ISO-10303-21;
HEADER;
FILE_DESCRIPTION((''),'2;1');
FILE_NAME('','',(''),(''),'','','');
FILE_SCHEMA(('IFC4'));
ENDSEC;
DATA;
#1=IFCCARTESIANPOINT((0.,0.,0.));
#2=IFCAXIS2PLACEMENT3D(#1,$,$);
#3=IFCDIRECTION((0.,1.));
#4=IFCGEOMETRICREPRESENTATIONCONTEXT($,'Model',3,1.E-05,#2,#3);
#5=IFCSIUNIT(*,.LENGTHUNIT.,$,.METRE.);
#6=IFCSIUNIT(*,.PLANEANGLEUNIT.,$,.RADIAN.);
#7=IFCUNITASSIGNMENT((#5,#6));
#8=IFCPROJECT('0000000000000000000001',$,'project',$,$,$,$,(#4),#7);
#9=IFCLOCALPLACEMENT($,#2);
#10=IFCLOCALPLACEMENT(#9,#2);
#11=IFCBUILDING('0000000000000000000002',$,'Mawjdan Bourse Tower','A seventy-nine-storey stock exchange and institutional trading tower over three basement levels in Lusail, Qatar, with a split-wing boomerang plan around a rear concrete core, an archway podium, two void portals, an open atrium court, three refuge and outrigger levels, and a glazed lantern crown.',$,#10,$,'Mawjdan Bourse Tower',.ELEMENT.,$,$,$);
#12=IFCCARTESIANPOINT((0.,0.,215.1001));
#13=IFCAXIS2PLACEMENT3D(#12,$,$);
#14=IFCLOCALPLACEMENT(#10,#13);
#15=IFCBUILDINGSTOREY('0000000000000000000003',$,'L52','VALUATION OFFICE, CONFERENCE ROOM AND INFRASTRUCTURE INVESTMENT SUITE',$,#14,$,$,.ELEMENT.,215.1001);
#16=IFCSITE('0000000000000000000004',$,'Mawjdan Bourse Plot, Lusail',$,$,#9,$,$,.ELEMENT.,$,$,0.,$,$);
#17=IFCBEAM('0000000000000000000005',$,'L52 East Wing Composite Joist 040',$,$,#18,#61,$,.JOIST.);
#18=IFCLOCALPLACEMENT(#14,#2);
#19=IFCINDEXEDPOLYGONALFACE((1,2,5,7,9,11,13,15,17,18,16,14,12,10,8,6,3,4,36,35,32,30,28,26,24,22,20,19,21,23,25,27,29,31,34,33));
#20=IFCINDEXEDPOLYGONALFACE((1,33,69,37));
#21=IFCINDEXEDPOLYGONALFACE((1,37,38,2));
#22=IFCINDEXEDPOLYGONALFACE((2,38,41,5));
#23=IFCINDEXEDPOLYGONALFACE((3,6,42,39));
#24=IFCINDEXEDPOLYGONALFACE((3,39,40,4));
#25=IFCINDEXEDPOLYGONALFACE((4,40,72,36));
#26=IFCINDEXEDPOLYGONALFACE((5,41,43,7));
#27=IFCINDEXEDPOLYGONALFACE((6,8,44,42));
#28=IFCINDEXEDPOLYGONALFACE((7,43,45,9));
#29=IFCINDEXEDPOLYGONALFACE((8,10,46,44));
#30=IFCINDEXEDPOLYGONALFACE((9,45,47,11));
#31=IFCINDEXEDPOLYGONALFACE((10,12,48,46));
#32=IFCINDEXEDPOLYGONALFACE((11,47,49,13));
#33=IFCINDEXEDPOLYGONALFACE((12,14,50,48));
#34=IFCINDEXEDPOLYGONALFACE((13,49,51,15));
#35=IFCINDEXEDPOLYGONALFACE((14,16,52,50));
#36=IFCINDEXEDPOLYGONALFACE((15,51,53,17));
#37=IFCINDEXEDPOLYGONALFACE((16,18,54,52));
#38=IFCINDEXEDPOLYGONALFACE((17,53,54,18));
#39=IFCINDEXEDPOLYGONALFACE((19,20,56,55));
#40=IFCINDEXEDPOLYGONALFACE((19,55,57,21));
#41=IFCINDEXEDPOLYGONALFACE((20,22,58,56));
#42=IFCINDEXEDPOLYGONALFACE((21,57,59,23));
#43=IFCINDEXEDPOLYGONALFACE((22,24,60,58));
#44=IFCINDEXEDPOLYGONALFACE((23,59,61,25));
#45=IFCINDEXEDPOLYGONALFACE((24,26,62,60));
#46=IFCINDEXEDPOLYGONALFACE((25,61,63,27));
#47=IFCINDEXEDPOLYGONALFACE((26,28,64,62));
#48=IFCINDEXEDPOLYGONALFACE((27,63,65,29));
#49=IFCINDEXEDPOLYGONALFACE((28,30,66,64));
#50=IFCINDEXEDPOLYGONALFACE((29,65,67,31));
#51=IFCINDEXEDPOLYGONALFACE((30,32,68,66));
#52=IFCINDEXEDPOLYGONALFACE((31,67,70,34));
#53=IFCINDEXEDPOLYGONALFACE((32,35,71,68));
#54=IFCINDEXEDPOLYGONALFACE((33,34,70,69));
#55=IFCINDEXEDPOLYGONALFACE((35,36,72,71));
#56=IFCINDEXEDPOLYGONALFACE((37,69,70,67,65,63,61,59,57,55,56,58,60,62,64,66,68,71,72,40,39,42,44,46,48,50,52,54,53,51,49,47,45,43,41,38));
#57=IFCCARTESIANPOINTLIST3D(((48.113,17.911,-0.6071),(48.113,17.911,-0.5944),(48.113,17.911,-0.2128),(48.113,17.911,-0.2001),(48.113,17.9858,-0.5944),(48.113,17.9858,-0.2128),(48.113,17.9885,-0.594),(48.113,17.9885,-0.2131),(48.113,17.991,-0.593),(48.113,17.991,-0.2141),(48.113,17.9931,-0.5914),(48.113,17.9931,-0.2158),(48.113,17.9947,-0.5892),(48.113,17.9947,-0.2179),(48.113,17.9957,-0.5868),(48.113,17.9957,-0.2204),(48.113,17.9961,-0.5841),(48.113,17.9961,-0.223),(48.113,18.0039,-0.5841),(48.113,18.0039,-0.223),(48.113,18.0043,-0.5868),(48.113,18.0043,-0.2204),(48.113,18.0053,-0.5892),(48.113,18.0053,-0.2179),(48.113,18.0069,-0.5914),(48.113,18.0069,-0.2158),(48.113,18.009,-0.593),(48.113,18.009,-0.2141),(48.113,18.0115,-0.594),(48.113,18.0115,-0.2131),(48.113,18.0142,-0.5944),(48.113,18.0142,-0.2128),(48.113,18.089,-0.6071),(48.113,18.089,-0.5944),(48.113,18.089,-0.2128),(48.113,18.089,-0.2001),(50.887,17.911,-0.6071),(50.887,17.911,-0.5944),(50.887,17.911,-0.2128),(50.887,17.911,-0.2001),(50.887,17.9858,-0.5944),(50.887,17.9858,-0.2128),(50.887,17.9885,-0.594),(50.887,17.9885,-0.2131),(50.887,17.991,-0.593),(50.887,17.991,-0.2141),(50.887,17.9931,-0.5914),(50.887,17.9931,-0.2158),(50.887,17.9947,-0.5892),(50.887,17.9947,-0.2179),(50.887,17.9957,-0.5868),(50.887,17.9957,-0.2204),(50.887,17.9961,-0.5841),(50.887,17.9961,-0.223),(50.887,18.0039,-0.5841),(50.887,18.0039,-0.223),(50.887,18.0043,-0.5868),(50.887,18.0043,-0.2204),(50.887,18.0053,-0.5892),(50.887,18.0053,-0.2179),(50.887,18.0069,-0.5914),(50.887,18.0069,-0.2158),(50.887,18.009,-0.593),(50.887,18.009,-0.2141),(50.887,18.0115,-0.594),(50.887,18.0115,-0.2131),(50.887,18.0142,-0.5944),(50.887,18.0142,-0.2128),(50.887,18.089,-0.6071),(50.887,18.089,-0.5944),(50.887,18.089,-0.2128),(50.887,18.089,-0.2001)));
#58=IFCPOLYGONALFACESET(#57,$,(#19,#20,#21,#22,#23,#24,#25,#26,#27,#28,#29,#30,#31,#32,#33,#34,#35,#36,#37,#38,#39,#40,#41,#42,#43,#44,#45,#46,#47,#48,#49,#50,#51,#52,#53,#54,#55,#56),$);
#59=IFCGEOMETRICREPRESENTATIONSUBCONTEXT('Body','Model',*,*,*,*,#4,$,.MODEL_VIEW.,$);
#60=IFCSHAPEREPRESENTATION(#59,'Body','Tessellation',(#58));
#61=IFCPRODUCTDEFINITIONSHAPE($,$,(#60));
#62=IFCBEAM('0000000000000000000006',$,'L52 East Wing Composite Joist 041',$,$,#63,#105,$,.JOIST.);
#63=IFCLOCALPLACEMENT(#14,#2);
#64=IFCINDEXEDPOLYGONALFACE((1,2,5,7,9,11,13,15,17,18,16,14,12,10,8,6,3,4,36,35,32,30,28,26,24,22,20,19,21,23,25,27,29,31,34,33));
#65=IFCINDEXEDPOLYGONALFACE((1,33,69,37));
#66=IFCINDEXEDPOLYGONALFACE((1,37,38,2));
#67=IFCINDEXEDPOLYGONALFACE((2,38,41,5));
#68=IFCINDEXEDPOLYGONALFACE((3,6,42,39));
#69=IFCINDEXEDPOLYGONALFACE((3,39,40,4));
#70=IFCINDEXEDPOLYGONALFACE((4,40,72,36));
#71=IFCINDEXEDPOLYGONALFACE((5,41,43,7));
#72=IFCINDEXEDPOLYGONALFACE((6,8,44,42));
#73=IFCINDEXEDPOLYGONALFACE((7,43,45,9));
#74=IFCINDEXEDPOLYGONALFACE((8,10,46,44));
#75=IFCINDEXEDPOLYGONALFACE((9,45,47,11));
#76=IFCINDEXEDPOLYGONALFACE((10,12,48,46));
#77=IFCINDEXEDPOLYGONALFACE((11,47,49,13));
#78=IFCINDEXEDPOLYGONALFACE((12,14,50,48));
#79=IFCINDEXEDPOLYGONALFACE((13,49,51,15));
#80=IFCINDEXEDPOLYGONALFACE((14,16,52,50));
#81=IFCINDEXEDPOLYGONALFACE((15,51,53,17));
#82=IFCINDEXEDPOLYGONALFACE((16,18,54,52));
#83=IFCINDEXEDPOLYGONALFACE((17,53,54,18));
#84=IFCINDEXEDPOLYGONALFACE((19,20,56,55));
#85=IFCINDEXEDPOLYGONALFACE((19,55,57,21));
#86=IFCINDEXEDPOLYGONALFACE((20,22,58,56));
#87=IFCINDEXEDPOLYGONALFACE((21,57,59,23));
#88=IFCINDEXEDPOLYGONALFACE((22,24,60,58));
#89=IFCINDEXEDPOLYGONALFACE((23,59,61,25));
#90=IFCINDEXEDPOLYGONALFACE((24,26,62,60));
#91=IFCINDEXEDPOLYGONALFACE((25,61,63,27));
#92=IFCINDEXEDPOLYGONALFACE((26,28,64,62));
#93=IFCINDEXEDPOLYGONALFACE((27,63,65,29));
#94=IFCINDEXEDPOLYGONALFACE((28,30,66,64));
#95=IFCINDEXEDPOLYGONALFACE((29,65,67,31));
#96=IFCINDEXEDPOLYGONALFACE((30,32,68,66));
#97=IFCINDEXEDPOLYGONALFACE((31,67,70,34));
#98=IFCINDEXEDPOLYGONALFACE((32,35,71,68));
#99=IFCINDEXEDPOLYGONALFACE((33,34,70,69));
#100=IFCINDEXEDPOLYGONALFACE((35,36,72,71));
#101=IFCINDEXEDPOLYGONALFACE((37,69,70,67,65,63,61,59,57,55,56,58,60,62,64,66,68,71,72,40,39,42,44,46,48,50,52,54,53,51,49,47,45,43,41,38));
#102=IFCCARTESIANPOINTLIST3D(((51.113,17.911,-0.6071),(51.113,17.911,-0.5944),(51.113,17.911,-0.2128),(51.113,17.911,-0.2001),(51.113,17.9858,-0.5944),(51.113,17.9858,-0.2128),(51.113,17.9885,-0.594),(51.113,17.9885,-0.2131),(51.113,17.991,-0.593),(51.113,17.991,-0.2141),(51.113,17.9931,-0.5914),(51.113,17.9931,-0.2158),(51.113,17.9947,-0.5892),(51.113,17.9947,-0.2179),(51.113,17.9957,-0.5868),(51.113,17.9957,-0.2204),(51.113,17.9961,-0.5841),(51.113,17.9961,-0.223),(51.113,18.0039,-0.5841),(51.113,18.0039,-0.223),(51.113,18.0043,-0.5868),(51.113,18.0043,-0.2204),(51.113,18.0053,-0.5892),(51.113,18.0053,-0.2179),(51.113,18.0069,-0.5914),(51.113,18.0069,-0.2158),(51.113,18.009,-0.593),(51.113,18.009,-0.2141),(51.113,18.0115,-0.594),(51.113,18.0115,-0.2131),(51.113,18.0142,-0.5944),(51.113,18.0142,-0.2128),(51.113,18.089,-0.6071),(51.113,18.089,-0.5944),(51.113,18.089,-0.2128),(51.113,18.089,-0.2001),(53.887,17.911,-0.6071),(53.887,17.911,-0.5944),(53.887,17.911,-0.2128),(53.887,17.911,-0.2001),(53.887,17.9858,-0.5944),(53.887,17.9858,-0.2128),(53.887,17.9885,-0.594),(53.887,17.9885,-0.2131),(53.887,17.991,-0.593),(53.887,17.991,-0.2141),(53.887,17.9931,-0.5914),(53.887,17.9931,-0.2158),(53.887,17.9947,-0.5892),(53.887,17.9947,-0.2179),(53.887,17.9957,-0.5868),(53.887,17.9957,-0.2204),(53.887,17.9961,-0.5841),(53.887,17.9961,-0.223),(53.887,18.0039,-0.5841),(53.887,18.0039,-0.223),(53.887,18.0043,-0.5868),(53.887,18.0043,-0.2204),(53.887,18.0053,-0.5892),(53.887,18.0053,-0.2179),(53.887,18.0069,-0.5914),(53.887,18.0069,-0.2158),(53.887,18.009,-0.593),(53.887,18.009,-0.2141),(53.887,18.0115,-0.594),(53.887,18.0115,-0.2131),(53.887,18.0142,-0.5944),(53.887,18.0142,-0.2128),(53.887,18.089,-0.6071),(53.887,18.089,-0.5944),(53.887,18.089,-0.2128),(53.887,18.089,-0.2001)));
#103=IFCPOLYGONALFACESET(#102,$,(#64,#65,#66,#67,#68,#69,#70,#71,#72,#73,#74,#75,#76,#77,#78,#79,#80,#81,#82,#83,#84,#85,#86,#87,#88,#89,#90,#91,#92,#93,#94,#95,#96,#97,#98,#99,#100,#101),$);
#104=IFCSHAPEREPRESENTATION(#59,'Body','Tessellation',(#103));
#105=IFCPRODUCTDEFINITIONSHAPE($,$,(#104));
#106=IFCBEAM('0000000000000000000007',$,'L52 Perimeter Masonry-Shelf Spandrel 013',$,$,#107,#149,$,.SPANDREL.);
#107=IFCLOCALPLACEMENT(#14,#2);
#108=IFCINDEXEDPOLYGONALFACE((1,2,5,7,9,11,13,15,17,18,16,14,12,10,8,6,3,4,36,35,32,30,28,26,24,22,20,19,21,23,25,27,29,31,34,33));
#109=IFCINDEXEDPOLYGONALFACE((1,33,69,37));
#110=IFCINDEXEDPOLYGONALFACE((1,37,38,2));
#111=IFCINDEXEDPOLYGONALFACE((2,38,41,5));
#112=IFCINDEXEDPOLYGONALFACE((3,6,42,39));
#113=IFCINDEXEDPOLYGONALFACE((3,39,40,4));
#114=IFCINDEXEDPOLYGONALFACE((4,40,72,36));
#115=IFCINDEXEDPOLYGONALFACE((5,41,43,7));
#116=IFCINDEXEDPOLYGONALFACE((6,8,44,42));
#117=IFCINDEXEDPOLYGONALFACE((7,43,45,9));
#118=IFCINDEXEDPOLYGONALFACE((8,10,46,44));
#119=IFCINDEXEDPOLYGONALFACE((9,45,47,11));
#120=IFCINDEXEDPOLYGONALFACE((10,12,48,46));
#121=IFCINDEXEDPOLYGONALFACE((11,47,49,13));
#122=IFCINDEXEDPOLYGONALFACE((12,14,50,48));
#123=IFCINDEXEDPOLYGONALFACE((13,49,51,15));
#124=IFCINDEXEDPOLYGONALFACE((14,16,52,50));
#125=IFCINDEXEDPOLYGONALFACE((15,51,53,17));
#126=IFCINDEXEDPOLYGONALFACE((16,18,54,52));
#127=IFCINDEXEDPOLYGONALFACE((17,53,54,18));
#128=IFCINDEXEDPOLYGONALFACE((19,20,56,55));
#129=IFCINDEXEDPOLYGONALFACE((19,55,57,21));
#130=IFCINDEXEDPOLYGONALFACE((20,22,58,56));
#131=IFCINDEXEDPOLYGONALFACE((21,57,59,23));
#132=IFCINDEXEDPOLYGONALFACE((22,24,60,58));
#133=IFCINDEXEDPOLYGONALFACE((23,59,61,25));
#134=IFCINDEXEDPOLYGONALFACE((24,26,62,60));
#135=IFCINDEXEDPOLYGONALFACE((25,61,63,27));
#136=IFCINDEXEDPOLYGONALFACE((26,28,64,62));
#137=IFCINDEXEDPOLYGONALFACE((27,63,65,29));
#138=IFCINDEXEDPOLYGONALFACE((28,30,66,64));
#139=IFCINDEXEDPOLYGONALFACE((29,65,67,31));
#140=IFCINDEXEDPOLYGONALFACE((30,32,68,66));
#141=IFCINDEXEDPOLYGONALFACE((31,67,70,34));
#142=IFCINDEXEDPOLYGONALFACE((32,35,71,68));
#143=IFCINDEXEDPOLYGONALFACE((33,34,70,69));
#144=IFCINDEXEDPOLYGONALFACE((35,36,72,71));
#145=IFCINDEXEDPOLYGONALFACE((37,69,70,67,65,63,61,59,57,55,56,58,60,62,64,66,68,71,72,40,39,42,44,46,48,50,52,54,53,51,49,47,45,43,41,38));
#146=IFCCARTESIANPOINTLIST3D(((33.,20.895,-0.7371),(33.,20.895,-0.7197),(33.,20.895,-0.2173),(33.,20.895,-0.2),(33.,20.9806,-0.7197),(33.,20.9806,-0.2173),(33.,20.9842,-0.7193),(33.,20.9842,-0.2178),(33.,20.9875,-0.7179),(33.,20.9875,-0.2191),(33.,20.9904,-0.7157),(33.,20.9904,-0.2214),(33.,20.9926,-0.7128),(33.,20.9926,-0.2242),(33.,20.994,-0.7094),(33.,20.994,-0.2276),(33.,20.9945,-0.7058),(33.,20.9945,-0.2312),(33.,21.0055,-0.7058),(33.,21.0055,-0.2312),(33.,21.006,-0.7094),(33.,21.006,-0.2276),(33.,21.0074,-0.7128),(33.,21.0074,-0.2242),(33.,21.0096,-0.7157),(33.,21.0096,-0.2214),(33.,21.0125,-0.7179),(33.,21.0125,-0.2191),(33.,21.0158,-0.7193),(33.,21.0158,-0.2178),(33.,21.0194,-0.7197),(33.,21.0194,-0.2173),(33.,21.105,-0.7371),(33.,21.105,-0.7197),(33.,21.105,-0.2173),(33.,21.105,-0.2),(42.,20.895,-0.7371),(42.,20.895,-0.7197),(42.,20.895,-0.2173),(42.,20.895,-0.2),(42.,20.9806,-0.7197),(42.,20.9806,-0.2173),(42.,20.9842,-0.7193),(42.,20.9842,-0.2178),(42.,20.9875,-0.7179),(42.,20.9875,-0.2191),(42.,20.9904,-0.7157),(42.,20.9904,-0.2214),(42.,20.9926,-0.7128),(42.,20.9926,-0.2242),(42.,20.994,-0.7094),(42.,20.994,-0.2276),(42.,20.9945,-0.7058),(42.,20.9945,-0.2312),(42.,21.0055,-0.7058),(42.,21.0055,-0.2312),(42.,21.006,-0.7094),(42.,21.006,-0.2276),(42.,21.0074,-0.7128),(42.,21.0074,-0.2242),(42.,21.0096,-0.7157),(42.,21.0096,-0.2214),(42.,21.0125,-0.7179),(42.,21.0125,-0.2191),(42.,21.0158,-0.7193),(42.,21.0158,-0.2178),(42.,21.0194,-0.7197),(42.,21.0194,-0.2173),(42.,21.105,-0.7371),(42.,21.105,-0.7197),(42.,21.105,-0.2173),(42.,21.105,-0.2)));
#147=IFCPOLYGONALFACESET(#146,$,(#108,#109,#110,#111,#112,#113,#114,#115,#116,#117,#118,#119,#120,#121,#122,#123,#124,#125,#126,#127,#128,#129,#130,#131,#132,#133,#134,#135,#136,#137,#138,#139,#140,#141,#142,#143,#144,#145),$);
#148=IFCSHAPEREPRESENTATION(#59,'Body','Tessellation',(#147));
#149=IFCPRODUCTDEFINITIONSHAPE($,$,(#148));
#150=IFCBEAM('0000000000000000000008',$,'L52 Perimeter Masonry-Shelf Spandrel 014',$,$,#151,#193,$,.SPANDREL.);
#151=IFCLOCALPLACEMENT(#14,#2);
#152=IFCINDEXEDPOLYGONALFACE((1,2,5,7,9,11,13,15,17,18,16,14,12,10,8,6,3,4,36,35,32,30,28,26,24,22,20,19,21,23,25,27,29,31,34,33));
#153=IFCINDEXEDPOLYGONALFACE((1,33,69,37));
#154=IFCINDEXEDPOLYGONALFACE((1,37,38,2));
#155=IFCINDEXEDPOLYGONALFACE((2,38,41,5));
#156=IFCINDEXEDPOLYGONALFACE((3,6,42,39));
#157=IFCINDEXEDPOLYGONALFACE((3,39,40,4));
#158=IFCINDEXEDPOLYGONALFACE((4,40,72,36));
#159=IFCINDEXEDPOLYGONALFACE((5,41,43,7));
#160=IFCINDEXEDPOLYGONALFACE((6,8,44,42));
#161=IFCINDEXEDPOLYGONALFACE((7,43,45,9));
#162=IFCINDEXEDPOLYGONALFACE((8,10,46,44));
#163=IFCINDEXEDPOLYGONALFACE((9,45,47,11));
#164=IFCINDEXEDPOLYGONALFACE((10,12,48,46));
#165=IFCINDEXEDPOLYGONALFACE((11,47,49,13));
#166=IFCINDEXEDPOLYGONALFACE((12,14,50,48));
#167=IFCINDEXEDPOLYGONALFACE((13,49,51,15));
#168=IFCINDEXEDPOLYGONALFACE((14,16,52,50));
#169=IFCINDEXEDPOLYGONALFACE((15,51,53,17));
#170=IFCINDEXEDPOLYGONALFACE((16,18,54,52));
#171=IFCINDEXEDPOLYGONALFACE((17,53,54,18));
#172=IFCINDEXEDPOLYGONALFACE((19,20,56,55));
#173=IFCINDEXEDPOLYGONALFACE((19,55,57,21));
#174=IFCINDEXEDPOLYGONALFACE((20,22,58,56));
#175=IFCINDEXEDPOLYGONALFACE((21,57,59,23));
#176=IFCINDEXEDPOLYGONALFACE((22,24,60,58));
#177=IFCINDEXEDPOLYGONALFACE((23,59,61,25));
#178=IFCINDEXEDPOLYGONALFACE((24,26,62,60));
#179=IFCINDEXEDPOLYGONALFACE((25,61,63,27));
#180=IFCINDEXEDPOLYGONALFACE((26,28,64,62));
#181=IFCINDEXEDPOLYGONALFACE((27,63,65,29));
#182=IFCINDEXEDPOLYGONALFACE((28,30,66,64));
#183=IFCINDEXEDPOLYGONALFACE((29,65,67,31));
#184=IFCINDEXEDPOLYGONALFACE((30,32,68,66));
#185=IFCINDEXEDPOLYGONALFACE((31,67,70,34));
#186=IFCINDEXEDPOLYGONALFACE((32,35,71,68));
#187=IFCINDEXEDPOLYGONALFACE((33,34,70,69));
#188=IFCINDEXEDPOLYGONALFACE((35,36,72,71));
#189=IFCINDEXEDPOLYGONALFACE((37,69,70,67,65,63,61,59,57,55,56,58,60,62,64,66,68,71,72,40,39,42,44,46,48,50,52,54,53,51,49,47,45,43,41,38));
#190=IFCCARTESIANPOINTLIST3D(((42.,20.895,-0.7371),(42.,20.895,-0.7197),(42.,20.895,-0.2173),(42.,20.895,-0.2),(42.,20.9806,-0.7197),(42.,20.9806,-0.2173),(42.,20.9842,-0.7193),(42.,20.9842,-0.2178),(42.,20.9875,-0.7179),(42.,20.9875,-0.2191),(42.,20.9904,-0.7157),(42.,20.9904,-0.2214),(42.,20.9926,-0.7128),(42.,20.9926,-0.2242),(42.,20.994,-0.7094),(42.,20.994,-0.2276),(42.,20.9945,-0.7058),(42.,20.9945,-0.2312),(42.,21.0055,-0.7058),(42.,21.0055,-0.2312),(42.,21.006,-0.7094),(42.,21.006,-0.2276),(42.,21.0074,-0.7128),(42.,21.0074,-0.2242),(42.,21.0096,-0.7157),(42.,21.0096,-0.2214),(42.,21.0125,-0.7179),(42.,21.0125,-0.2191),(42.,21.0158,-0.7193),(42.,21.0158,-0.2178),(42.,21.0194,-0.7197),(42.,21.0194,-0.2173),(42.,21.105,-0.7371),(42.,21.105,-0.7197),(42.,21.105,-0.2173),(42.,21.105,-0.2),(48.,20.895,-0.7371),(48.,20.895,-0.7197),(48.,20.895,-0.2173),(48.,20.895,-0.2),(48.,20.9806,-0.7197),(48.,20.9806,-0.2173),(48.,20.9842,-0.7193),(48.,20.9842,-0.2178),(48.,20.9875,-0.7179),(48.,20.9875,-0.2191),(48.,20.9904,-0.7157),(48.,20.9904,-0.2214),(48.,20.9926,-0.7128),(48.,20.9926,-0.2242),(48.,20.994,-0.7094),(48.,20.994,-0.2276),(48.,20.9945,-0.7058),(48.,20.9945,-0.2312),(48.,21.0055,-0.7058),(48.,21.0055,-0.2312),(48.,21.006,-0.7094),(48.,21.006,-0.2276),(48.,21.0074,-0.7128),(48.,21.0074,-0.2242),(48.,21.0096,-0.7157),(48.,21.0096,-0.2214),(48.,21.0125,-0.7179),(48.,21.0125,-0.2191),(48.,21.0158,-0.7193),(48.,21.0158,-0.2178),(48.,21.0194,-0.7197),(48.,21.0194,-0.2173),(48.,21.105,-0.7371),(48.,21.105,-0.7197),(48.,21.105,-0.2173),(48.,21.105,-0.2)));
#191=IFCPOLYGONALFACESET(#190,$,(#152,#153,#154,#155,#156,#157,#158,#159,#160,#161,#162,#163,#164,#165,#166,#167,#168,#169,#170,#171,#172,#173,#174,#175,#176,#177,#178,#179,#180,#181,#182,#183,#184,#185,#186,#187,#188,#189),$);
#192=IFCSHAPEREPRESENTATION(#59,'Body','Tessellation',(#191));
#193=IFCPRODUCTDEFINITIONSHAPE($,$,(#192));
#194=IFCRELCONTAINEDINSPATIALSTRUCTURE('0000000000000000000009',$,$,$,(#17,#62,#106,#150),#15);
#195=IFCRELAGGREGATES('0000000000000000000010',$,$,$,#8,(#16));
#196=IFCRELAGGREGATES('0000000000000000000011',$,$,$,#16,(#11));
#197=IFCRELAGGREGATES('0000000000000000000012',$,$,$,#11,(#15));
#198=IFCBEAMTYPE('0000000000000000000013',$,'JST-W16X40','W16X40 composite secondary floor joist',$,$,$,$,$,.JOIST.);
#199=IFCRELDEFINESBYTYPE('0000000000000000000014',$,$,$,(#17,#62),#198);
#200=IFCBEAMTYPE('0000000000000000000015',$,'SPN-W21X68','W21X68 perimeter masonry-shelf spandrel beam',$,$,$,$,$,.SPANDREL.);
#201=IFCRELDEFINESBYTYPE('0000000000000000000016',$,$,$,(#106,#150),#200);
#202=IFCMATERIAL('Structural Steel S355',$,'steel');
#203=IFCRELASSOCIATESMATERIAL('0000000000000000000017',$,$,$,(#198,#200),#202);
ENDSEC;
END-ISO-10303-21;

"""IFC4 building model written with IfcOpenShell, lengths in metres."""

from ifc_helpers import new_model, si_unit, direction, frame, origin, origin_2d, place, context, subcontext, project, spatial, i_section, extrude, material, material_profile, profile_set, type_object, element, save


model = new_model("IFC4")

# Units and contexts
model_context = context("Model", 3, precision=1e-05, world=origin(), true_north=direction((0.0, 1.0)))
body_context = subcontext(model_context, "Body", "Model", "MODEL_VIEW")
ifc_project = project(units=[si_unit("LENGTHUNIT", "METRE"), si_unit("PLANEANGLEUNIT", "RADIAN")], contexts=[model_context])

# Site, building, storey
site_placement = place(None, origin())
site = spatial("IfcSite", under=ifc_project, at=site_placement, Name="Mawjdan Bourse Plot, Lusail", CompositionType="ELEMENT", RefElevation=0.0)
building_placement = place(site_placement, origin())
building = spatial("IfcBuilding", under=site, at=building_placement, Name="Mawjdan Bourse Tower", Description="A seventy-nine-storey stock exchange and institutional trading tower over three basement levels in Lusail, Qatar, with a split-wing boomerang plan around a rear concrete core, an archway podium, two void portals, an open atrium court, three refuge and outrigger levels, and a glazed lantern crown.", LongName="Mawjdan Bourse Tower", CompositionType="ELEMENT")
storey_placement = place(building_placement, frame((0.0, 0.0, 215.1001)))
storey = spatial("IfcBuildingStorey", under=building, at=storey_placement, Name="L52", Description="VALUATION OFFICE, CONFERENCE ROOM AND INFRASTRUCTURE INVESTMENT SUITE", CompositionType="ELEMENT", Elevation=215.1001)

# Beams
ifc_material_1 = material(Name="Structural Steel S355", Category="steel")
ifc_material_profile_1 = material_profile(ifc_material_1, i_section(OverallWidth=0.178, OverallDepth=0.407, WebThickness=0.0078, FlangeThickness=0.0127, FilletRadius=0.0103, at=origin_2d()), Name="W16X40")
ifc_profile_set_1 = profile_set([ifc_material_profile_1], Name="Structural Steel S355")
beam_type_1 = type_object("IfcBeamType", Name="JST-W16X40", Description="W16X40 composite secondary floor joist", PredefinedType="JOIST", material=ifc_profile_set_1)
for number, where, z_axis, x_axis, name in (
    (1, (48.113, 18.0, -0.4036), (1.0, 0.0, 0.0), (0.0, 1.0, 0.0), "L52 East Wing Composite Joist 040"),
    (2, (51.113, 18.0, -0.4036), (1.0, 0.0, 0.0), (0.0, 1.0, 0.0), "L52 East Wing Composite Joist 041"),
):
    element("IfcBeam", number, at=place(storey_placement, frame(where, z_axis=z_axis, x_axis=x_axis)), inside=storey, type_object=beam_type_1, Name=name, PredefinedType="JOIST", context=body_context, shape_type="SweptSolid", body=[
        extrude(i_section(OverallWidth=0.178, OverallDepth=0.407, WebThickness=0.0078, FlangeThickness=0.0127, FilletRadius=0.0103, at=origin_2d()), origin(), (0.0, 0.0, 1.0), 2.7739),
    ])
ifc_material_profile_2 = material_profile(ifc_material_1, i_section(OverallWidth=0.21, OverallDepth=0.5371, WebThickness=0.011, FlangeThickness=0.0173, FilletRadius=0.0139, at=origin_2d()), Name="W21X68")
ifc_profile_set_2 = profile_set([ifc_material_profile_2], Name="Structural Steel S355")
beam_type_2 = type_object("IfcBeamType", Name="SPN-W21X68", Description="W21X68 perimeter masonry-shelf spandrel beam", PredefinedType="SPANDREL", material=ifc_profile_set_2)
beam_1_placement = place(storey_placement, frame((33.0, 21.0, -0.4685), z_axis=(1.0, 0.0, 0.0), x_axis=(0.0, 1.0, 0.0)))
element("IfcBeam", 3, at=beam_1_placement, inside=storey, type_object=beam_type_2, Name="L52 Perimeter Masonry-Shelf Spandrel 013", PredefinedType="SPANDREL", context=body_context, shape_type="SweptSolid", body=[
    extrude(i_section(OverallWidth=0.21, OverallDepth=0.5371, WebThickness=0.011, FlangeThickness=0.0173, FilletRadius=0.0139, at=origin_2d()), origin(), (0.0, 0.0, 1.0), 9.0),
])
beam_2_placement = place(storey_placement, frame((42.0, 21.0, -0.4685), z_axis=(1.0, 0.0, 0.0), x_axis=(0.0, 1.0, 0.0)))
element("IfcBeam", 4, at=beam_2_placement, inside=storey, type_object=beam_type_2, Name="L52 Perimeter Masonry-Shelf Spandrel 014", PredefinedType="SPANDREL", context=body_context, shape_type="SweptSolid", body=[
    extrude(i_section(OverallWidth=0.21, OverallDepth=0.5371, WebThickness=0.011, FlangeThickness=0.0173, FilletRadius=0.0139, at=origin_2d()), origin(), (0.0, 0.0, 1.0), 6.0),
])

save(model, "model.ifc")
